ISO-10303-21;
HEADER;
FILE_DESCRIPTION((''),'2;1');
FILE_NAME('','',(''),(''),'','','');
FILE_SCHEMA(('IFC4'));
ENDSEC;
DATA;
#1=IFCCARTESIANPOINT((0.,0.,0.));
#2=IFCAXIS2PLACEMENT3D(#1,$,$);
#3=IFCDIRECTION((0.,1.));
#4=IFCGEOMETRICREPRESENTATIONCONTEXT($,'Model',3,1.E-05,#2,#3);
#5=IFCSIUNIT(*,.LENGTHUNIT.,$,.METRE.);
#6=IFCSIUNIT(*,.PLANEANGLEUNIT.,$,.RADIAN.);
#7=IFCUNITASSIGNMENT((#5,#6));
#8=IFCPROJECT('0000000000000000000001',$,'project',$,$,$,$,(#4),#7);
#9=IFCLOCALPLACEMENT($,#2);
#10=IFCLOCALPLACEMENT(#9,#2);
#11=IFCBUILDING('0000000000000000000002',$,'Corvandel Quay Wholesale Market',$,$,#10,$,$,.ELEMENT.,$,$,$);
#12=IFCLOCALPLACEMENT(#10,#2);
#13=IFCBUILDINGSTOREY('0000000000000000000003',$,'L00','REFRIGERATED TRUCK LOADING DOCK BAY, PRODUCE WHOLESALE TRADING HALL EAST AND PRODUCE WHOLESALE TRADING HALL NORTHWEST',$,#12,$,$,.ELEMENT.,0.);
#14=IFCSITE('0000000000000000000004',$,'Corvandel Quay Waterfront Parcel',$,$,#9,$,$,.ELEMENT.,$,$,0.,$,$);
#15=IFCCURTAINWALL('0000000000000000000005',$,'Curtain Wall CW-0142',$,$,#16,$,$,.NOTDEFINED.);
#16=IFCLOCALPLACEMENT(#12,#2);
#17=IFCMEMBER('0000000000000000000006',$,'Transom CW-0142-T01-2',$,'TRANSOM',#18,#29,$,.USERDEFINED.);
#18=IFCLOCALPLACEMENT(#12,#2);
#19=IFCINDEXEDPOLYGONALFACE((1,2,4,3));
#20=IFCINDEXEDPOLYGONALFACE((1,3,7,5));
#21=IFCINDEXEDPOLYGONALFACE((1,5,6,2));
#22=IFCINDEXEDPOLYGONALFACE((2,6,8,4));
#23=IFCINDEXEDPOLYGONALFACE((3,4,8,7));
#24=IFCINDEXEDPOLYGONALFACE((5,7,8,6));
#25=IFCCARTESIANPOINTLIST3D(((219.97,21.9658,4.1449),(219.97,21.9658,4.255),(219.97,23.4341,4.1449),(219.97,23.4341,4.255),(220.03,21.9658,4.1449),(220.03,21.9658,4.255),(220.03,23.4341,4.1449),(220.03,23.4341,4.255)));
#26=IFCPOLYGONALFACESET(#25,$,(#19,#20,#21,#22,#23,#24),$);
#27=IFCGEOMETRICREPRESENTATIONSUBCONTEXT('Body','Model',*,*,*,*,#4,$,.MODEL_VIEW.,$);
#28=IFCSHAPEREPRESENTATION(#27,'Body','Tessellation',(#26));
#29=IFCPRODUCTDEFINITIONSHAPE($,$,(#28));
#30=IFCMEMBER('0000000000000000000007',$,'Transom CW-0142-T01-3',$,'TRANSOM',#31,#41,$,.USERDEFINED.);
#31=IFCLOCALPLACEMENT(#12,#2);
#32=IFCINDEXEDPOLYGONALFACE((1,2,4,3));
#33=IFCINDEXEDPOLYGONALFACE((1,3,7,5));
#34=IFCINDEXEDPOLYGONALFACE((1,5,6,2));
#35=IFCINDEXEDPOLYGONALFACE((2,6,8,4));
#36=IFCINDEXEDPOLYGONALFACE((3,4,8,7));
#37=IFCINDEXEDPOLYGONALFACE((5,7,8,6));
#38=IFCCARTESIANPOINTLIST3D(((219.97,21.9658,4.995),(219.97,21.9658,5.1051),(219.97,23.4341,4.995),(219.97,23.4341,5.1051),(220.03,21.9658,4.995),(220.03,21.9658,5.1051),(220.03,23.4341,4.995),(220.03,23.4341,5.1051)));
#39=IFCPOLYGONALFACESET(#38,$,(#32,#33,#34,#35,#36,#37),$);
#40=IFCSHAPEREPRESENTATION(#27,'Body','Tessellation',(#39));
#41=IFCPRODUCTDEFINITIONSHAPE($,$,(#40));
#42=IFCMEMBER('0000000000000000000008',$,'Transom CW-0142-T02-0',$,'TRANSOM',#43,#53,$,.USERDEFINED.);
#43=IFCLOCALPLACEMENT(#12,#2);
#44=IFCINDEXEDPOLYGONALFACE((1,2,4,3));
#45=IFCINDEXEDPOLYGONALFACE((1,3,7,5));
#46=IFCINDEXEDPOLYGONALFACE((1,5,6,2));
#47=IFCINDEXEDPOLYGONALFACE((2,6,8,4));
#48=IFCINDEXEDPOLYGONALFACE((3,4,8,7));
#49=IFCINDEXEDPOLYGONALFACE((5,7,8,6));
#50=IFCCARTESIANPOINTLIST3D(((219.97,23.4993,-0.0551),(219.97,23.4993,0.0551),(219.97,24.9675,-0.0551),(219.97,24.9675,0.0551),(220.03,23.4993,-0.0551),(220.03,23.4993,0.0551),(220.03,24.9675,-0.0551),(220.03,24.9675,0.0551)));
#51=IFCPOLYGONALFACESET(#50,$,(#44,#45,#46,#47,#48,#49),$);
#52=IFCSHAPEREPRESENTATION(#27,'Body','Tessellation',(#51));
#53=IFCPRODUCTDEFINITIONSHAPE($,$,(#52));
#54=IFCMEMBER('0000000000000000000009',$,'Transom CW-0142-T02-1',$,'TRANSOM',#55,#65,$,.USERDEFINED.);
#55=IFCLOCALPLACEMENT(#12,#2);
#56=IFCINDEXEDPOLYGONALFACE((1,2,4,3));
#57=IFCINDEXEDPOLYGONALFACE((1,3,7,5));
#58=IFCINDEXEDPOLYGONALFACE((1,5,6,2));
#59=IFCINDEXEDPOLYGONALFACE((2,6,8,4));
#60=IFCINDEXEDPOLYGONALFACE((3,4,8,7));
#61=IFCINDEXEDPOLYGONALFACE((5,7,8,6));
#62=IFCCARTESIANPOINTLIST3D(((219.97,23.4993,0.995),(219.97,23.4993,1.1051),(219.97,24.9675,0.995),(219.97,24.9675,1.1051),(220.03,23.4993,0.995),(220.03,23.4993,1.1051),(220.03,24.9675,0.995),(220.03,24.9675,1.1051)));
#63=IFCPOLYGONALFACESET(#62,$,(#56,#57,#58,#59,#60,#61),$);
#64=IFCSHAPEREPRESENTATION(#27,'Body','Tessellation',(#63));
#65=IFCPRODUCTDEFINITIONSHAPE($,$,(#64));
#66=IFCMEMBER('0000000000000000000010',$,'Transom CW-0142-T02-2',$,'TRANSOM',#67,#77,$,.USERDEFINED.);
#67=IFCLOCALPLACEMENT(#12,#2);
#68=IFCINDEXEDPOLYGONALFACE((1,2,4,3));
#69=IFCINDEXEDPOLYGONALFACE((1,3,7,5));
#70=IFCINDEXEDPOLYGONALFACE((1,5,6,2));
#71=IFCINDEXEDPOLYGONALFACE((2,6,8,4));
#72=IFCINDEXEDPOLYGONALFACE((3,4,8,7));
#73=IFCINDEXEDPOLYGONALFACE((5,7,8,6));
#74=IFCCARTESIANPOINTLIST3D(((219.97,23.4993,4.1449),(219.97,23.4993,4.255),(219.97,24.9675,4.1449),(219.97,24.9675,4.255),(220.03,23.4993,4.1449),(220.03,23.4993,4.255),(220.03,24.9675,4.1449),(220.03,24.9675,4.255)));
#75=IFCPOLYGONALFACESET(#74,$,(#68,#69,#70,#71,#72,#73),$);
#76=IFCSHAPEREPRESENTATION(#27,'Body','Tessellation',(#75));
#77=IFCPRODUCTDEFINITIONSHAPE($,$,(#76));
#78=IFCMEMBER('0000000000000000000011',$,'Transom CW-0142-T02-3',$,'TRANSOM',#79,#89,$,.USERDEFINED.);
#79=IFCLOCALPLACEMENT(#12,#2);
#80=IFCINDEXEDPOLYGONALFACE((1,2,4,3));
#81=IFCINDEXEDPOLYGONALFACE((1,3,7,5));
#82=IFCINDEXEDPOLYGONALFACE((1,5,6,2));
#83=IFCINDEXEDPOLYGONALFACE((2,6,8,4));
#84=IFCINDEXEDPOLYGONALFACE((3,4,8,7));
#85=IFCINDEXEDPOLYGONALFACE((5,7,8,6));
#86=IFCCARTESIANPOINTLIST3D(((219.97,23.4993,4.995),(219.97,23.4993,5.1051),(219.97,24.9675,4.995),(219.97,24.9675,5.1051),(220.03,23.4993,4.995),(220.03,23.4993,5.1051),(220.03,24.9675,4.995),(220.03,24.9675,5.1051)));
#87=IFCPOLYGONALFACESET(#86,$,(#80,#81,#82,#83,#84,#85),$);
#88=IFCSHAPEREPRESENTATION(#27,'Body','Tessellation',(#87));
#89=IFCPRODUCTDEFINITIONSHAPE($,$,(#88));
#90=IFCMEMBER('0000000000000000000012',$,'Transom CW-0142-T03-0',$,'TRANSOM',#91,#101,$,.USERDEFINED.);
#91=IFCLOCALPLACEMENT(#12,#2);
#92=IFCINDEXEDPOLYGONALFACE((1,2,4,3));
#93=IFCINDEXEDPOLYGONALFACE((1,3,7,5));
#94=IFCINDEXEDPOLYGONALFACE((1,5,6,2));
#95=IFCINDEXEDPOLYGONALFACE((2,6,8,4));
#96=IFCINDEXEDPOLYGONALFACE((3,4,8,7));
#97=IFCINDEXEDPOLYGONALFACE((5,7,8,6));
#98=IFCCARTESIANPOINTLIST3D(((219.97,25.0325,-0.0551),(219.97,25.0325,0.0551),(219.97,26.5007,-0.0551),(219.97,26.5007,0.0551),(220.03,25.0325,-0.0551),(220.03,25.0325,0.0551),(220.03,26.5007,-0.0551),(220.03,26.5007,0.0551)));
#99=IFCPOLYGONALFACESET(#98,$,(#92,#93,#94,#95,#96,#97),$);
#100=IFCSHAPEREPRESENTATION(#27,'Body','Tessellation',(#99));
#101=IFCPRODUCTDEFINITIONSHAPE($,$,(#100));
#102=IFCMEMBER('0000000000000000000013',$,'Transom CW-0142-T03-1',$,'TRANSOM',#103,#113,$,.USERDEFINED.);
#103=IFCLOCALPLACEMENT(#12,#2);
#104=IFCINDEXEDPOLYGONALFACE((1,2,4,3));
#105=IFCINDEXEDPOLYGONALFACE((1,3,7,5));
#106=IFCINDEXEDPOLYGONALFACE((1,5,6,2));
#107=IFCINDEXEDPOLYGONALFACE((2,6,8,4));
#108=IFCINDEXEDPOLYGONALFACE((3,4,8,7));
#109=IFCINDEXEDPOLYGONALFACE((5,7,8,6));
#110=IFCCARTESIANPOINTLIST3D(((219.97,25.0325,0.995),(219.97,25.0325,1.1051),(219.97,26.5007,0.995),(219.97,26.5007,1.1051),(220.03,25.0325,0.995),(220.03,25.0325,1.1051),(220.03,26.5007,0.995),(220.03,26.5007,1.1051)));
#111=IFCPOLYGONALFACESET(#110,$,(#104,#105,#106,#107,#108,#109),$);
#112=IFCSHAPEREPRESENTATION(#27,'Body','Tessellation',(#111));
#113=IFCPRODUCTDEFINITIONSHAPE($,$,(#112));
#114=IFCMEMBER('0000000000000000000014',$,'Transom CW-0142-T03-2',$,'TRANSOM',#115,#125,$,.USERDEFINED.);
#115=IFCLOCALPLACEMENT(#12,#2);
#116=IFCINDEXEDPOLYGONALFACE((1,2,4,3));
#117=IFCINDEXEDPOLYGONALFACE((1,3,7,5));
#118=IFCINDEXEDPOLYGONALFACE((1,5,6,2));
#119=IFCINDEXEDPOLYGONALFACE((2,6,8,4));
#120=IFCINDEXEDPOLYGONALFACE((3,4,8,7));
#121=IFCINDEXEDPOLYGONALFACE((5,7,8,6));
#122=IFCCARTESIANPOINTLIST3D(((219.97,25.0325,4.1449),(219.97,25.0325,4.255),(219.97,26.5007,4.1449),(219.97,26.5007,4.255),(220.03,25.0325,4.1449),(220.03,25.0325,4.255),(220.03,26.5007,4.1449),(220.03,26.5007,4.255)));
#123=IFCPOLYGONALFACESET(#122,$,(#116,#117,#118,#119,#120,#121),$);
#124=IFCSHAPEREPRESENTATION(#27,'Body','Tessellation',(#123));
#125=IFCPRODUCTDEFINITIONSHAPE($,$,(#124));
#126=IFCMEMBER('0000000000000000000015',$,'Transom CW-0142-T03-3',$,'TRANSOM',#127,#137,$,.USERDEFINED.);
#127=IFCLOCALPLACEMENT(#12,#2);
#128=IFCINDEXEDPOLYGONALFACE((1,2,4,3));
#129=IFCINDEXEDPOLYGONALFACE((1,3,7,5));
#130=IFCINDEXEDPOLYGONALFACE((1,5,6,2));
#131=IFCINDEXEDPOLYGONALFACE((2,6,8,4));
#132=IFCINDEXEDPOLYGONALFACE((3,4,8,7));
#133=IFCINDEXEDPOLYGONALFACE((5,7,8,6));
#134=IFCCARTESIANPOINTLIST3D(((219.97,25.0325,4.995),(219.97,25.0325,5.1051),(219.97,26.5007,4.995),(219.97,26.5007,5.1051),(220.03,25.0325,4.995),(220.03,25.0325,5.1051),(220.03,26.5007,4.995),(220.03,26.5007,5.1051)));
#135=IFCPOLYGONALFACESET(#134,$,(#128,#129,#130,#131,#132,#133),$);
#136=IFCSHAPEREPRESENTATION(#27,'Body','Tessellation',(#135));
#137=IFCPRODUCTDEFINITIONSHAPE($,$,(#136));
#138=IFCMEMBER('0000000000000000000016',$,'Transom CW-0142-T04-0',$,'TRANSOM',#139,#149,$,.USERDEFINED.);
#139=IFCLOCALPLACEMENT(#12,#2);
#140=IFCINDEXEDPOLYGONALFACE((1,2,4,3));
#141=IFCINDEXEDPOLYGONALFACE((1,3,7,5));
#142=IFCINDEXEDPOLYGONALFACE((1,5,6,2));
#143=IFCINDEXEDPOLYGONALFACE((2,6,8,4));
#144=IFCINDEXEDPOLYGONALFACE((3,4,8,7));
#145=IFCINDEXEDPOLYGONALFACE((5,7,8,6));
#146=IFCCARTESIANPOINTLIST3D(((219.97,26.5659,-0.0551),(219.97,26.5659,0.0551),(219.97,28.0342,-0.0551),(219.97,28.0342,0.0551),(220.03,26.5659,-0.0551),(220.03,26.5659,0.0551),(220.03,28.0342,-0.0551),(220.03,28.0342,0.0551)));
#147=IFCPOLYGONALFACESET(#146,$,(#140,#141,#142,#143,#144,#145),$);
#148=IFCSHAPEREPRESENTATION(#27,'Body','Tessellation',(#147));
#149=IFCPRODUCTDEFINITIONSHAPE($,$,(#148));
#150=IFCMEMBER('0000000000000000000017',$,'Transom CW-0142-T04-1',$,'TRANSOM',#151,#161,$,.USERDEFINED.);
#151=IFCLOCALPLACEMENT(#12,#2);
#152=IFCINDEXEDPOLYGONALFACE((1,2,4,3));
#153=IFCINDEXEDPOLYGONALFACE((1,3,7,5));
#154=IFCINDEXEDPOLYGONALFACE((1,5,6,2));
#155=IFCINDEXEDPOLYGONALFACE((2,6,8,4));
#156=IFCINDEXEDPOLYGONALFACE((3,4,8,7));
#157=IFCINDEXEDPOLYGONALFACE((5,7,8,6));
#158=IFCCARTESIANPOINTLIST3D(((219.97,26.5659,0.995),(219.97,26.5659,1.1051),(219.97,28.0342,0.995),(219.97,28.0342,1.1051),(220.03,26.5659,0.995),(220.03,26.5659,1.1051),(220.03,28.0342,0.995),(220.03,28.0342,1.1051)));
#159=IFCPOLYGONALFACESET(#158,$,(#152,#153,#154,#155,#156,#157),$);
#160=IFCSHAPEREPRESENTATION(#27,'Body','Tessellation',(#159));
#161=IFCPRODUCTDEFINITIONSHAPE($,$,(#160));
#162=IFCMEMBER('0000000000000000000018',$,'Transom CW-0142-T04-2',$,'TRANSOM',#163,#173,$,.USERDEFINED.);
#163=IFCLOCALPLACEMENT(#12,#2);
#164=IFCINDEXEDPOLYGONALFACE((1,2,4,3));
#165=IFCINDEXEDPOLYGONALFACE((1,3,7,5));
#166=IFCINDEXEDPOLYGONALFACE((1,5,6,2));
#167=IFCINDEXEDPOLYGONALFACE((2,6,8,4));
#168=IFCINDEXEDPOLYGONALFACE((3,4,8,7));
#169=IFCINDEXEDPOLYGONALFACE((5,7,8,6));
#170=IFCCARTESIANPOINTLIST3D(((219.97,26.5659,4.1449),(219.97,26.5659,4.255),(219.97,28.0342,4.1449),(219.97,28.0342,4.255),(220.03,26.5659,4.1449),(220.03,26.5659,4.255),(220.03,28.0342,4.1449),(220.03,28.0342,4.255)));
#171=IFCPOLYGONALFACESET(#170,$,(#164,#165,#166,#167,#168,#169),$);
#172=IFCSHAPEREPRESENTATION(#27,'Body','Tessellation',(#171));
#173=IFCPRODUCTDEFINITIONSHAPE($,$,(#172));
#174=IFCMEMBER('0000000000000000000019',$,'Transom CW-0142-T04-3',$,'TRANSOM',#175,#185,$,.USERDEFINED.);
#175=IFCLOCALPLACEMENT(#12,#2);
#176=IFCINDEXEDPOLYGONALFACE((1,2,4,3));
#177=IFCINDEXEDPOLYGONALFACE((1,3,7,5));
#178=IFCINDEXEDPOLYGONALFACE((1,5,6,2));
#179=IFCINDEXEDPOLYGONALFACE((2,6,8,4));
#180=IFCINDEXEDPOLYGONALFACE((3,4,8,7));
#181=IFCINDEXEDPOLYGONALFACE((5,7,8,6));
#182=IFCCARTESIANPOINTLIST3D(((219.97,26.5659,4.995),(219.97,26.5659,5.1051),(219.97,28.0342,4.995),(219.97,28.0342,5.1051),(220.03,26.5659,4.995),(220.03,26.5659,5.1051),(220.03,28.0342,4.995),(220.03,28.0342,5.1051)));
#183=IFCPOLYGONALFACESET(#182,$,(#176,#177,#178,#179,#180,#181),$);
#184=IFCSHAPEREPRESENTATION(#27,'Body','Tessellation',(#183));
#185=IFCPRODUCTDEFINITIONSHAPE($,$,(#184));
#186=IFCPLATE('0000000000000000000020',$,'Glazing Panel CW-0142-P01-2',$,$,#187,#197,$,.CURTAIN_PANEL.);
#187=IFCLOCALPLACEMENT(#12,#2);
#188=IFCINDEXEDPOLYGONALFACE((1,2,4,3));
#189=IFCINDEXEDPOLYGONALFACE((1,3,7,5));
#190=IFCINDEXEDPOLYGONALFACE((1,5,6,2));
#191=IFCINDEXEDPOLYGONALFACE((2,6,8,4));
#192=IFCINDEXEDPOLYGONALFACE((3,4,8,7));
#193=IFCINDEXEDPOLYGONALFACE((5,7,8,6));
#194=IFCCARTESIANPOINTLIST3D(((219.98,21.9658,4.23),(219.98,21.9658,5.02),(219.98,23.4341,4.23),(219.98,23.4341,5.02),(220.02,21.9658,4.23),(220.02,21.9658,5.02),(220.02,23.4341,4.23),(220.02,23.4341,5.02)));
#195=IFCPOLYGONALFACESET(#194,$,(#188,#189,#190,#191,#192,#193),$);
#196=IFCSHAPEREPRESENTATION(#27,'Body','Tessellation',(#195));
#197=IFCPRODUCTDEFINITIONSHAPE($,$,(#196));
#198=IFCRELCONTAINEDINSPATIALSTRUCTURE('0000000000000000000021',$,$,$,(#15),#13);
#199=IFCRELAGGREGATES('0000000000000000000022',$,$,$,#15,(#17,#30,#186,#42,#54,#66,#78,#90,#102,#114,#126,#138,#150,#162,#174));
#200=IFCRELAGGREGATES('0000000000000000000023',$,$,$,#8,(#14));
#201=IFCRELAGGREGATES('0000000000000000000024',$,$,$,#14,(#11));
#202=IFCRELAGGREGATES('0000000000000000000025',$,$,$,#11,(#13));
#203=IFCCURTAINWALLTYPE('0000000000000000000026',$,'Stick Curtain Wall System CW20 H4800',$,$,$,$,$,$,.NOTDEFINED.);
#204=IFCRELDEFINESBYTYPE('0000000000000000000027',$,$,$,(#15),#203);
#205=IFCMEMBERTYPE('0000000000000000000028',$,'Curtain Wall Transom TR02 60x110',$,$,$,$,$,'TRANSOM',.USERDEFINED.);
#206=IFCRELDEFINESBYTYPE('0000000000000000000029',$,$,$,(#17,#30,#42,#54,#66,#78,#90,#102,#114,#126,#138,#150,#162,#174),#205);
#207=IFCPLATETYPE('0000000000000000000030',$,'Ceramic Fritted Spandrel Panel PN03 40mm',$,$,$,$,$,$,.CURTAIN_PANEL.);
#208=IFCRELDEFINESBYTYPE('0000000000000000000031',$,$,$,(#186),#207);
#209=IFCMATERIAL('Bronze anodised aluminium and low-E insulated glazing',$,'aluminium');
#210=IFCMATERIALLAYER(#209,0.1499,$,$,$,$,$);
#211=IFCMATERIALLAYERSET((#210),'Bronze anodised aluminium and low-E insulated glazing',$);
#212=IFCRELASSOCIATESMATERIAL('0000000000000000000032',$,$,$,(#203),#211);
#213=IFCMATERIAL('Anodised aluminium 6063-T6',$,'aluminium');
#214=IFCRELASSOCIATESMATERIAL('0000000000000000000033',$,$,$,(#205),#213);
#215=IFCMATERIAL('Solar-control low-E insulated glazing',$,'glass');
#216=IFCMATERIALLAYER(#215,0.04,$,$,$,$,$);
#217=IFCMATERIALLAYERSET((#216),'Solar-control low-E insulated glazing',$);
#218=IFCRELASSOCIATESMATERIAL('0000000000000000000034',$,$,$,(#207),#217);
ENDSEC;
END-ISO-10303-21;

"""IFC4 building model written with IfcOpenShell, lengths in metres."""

from ifc_helpers import new_model, si_unit, direction, frame, origin, origin_2d, place, context, subcontext, project, spatial, rectangle, extrude, material, layer, layer_set, material_profile, profile_set, type_object, element, aggregate, save


model = new_model("IFC4")

# Units and contexts
model_context = context("Model", 3, precision=1e-05, world=origin(), true_north=direction((0.0, 1.0)))
body_context = subcontext(model_context, "Body", "Model", "MODEL_VIEW")
ifc_project = project(units=[si_unit("LENGTHUNIT", "METRE"), si_unit("PLANEANGLEUNIT", "RADIAN")], contexts=[model_context])

# Site, building, storey
site_placement = place(None, origin())
site = spatial("IfcSite", under=ifc_project, at=site_placement, Name="Corvandel Quay Waterfront Parcel", CompositionType="ELEMENT", RefElevation=0.0)
building_placement = place(site_placement, origin())
building = spatial("IfcBuilding", under=site, at=building_placement, Name="Corvandel Quay Wholesale Market", CompositionType="ELEMENT")
storey_placement = place(building_placement, origin())
storey = spatial("IfcBuildingStorey", under=building, at=storey_placement, Name="L00", Description="REFRIGERATED TRUCK LOADING DOCK BAY, PRODUCE WHOLESALE TRADING HALL EAST AND PRODUCE WHOLESALE TRADING HALL NORTHWEST", CompositionType="ELEMENT", Elevation=0.0)

# Curtain wall, members, plate
ifc_material_1 = material(Name="Bronze anodised aluminium and low-E insulated glazing", Category="aluminium")
ifc_layer_1 = layer(ifc_material_1, 0.1499)
ifc_layer_set_1 = layer_set([ifc_layer_1], Name="Bronze anodised aluminium and low-E insulated glazing")
curtain_wall_type = type_object("IfcCurtainWallType", Name="Stick Curtain Wall System CW20 H4800", PredefinedType="NOTDEFINED", material=ifc_layer_set_1)
curtain_wall_placement = place(storey_placement, origin())
curtain_wall = element("IfcCurtainWall", 1, at=curtain_wall_placement, inside=storey, type_object=curtain_wall_type, Name="Curtain Wall CW-0142", PredefinedType="NOTDEFINED")
ifc_material_2 = material(Name="Anodised aluminium 6063-T6", Category="aluminium")
ifc_material_profile_1 = material_profile(ifc_material_2, rectangle(XDim=0.0601, YDim=0.1101, at=origin_2d()), Name="ALU-TRN-60x110")
ifc_profile_set_1 = profile_set([ifc_material_profile_1], Name="Anodised aluminium 6063-T6")
member_type_1 = type_object("IfcMemberType", Name="Curtain Wall Transom TR02 60x110", ElementType="TRANSOM", PredefinedType="USERDEFINED", material=ifc_profile_set_1)
member_1_placement = place(storey_placement, frame((220.0, 21.9658, 4.2), z_axis=(0.0, 1.0, 0.0), x_axis=(-1.0, 0.0, 0.0)))
member_1 = element("IfcMember", 2, at=member_1_placement, type_object=member_type_1, Name="Transom CW-0142-T01-2", ObjectType="TRANSOM", PredefinedType="USERDEFINED", context=body_context, shape_type="SweptSolid", body=[
    extrude(rectangle(XDim=0.0601, YDim=0.1101, at=origin_2d()), origin(), (0.0, 0.0, 1.0), 1.4683),
])
member_2_placement = place(storey_placement, frame((220.0, 21.9658, 5.05), z_axis=(0.0, 1.0, 0.0), x_axis=(-1.0, 0.0, 0.0)))
member_2 = element("IfcMember", 3, at=member_2_placement, type_object=member_type_1, Name="Transom CW-0142-T01-3", ObjectType="TRANSOM", PredefinedType="USERDEFINED", context=body_context, shape_type="SweptSolid", body=[
    extrude(rectangle(XDim=0.0601, YDim=0.1101, at=origin_2d()), origin(), (0.0, 0.0, 1.0), 1.4683),
])
member_3_placement = place(storey_placement, frame((220.0, 23.4993, 0.0), z_axis=(0.0, 1.0, 0.0), x_axis=(-1.0, 0.0, 0.0)))
member_3 = element("IfcMember", 4, at=member_3_placement, type_object=member_type_1, Name="Transom CW-0142-T02-0", ObjectType="TRANSOM", PredefinedType="USERDEFINED", context=body_context, shape_type="SweptSolid", body=[
    extrude(rectangle(XDim=0.0601, YDim=0.1101, at=origin_2d()), origin(), (0.0, 0.0, 1.0), 1.4683),
])
member_4_placement = place(storey_placement, frame((220.0, 23.4993, 1.05), z_axis=(0.0, 1.0, 0.0), x_axis=(-1.0, 0.0, 0.0)))
member_4 = element("IfcMember", 5, at=member_4_placement, type_object=member_type_1, Name="Transom CW-0142-T02-1", ObjectType="TRANSOM", PredefinedType="USERDEFINED", context=body_context, shape_type="SweptSolid", body=[
    extrude(rectangle(XDim=0.0601, YDim=0.1101, at=origin_2d()), origin(), (0.0, 0.0, 1.0), 1.4683),
])
member_5_placement = place(storey_placement, frame((220.0, 23.4993, 4.2), z_axis=(0.0, 1.0, 0.0), x_axis=(-1.0, 0.0, 0.0)))
member_5 = element("IfcMember", 6, at=member_5_placement, type_object=member_type_1, Name="Transom CW-0142-T02-2", ObjectType="TRANSOM", PredefinedType="USERDEFINED", context=body_context, shape_type="SweptSolid", body=[
    extrude(rectangle(XDim=0.0601, YDim=0.1101, at=origin_2d()), origin(), (0.0, 0.0, 1.0), 1.4683),
])
member_6_placement = place(storey_placement, frame((220.0, 23.4993, 5.05), z_axis=(0.0, 1.0, 0.0), x_axis=(-1.0, 0.0, 0.0)))
member_6 = element("IfcMember", 7, at=member_6_placement, type_object=member_type_1, Name="Transom CW-0142-T02-3", ObjectType="TRANSOM", PredefinedType="USERDEFINED", context=body_context, shape_type="SweptSolid", body=[
    extrude(rectangle(XDim=0.0601, YDim=0.1101, at=origin_2d()), origin(), (0.0, 0.0, 1.0), 1.4683),
])
member_7_placement = place(storey_placement, frame((220.0, 25.0325, 0.0), z_axis=(0.0, 1.0, 0.0), x_axis=(-1.0, 0.0, 0.0)))
member_7 = element("IfcMember", 8, at=member_7_placement, type_object=member_type_1, Name="Transom CW-0142-T03-0", ObjectType="TRANSOM", PredefinedType="USERDEFINED", context=body_context, shape_type="SweptSolid", body=[
    extrude(rectangle(XDim=0.0601, YDim=0.1101, at=origin_2d()), origin(), (0.0, 0.0, 1.0), 1.4683),
])
member_8_placement = place(storey_placement, frame((220.0, 25.0325, 1.05), z_axis=(0.0, 1.0, 0.0), x_axis=(-1.0, 0.0, 0.0)))
member_8 = element("IfcMember", 9, at=member_8_placement, type_object=member_type_1, Name="Transom CW-0142-T03-1", ObjectType="TRANSOM", PredefinedType="USERDEFINED", context=body_context, shape_type="SweptSolid", body=[
    extrude(rectangle(XDim=0.0601, YDim=0.1101, at=origin_2d()), origin(), (0.0, 0.0, 1.0), 1.4683),
])
member_9_placement = place(storey_placement, frame((220.0, 25.0325, 4.2), z_axis=(0.0, 1.0, 0.0), x_axis=(-1.0, 0.0, 0.0)))
member_9 = element("IfcMember", 10, at=member_9_placement, type_object=member_type_1, Name="Transom CW-0142-T03-2", ObjectType="TRANSOM", PredefinedType="USERDEFINED", context=body_context, shape_type="SweptSolid", body=[
    extrude(rectangle(XDim=0.0601, YDim=0.1101, at=origin_2d()), origin(), (0.0, 0.0, 1.0), 1.4683),
])
member_10_placement = place(storey_placement, frame((220.0, 25.0325, 5.05), z_axis=(0.0, 1.0, 0.0), x_axis=(-1.0, 0.0, 0.0)))
member_10 = element("IfcMember", 11, at=member_10_placement, type_object=member_type_1, Name="Transom CW-0142-T03-3", ObjectType="TRANSOM", PredefinedType="USERDEFINED", context=body_context, shape_type="SweptSolid", body=[
    extrude(rectangle(XDim=0.0601, YDim=0.1101, at=origin_2d()), origin(), (0.0, 0.0, 1.0), 1.4683),
])
member_11_placement = place(storey_placement, frame((220.0, 26.5659, 0.0), z_axis=(0.0, 1.0, 0.0), x_axis=(-1.0, 0.0, 0.0)))
member_11 = element("IfcMember", 12, at=member_11_placement, type_object=member_type_1, Name="Transom CW-0142-T04-0", ObjectType="TRANSOM", PredefinedType="USERDEFINED", context=body_context, shape_type="SweptSolid", body=[
    extrude(rectangle(XDim=0.0601, YDim=0.1101, at=origin_2d()), origin(), (0.0, 0.0, 1.0), 1.4683),
])
member_12_placement = place(storey_placement, frame((220.0, 26.5659, 1.05), z_axis=(0.0, 1.0, 0.0), x_axis=(-1.0, 0.0, 0.0)))
member_12 = element("IfcMember", 13, at=member_12_placement, type_object=member_type_1, Name="Transom CW-0142-T04-1", ObjectType="TRANSOM", PredefinedType="USERDEFINED", context=body_context, shape_type="SweptSolid", body=[
    extrude(rectangle(XDim=0.0601, YDim=0.1101, at=origin_2d()), origin(), (0.0, 0.0, 1.0), 1.4683),
])
member_13_placement = place(storey_placement, frame((220.0, 26.5659, 4.2), z_axis=(0.0, 1.0, 0.0), x_axis=(-1.0, 0.0, 0.0)))
member_13 = element("IfcMember", 14, at=member_13_placement, type_object=member_type_1, Name="Transom CW-0142-T04-2", ObjectType="TRANSOM", PredefinedType="USERDEFINED", context=body_context, shape_type="SweptSolid", body=[
    extrude(rectangle(XDim=0.0601, YDim=0.1101, at=origin_2d()), origin(), (0.0, 0.0, 1.0), 1.4683),
])
member_14_placement = place(storey_placement, frame((220.0, 26.5659, 5.05), z_axis=(0.0, 1.0, 0.0), x_axis=(-1.0, 0.0, 0.0)))
member_14 = element("IfcMember", 15, at=member_14_placement, type_object=member_type_1, Name="Transom CW-0142-T04-3", ObjectType="TRANSOM", PredefinedType="USERDEFINED", context=body_context, shape_type="SweptSolid", body=[
    extrude(rectangle(XDim=0.0601, YDim=0.1101, at=origin_2d()), origin(), (0.0, 0.0, 1.0), 1.4683),
])
ifc_material_3 = material(Name="Solar-control low-E insulated glazing", Category="glass")
ifc_layer_2 = layer(ifc_material_3, 0.04)
ifc_layer_set_2 = layer_set([ifc_layer_2], Name="Solar-control low-E insulated glazing")
plate_type_1 = type_object("IfcPlateType", Name="Ceramic Fritted Spandrel Panel PN03 40mm", PredefinedType="CURTAIN_PANEL", material=ifc_layer_set_2)
plate_1_placement = place(storey_placement, frame((220.0, 22.7, 4.23), z_axis=(0.0, 0.0, 1.0), x_axis=(0.0, 1.0, 0.0)))
plate_1 = element("IfcPlate", 16, at=plate_1_placement, type_object=plate_type_1, Name="Glazing Panel CW-0142-P01-2", PredefinedType="CURTAIN_PANEL", context=body_context, shape_type="SweptSolid", body=[
    extrude(rectangle(XDim=1.4683, YDim=0.04, at=origin_2d()), origin(), (0.0, 0.0, 1.0), 0.79),
])
aggregate(curtain_wall, [member_1, member_2, plate_1, member_3, member_4, member_5, member_6, member_7, member_8, member_9, member_10, member_11, member_12, member_13, member_14])

save(model, "model.ifc")
